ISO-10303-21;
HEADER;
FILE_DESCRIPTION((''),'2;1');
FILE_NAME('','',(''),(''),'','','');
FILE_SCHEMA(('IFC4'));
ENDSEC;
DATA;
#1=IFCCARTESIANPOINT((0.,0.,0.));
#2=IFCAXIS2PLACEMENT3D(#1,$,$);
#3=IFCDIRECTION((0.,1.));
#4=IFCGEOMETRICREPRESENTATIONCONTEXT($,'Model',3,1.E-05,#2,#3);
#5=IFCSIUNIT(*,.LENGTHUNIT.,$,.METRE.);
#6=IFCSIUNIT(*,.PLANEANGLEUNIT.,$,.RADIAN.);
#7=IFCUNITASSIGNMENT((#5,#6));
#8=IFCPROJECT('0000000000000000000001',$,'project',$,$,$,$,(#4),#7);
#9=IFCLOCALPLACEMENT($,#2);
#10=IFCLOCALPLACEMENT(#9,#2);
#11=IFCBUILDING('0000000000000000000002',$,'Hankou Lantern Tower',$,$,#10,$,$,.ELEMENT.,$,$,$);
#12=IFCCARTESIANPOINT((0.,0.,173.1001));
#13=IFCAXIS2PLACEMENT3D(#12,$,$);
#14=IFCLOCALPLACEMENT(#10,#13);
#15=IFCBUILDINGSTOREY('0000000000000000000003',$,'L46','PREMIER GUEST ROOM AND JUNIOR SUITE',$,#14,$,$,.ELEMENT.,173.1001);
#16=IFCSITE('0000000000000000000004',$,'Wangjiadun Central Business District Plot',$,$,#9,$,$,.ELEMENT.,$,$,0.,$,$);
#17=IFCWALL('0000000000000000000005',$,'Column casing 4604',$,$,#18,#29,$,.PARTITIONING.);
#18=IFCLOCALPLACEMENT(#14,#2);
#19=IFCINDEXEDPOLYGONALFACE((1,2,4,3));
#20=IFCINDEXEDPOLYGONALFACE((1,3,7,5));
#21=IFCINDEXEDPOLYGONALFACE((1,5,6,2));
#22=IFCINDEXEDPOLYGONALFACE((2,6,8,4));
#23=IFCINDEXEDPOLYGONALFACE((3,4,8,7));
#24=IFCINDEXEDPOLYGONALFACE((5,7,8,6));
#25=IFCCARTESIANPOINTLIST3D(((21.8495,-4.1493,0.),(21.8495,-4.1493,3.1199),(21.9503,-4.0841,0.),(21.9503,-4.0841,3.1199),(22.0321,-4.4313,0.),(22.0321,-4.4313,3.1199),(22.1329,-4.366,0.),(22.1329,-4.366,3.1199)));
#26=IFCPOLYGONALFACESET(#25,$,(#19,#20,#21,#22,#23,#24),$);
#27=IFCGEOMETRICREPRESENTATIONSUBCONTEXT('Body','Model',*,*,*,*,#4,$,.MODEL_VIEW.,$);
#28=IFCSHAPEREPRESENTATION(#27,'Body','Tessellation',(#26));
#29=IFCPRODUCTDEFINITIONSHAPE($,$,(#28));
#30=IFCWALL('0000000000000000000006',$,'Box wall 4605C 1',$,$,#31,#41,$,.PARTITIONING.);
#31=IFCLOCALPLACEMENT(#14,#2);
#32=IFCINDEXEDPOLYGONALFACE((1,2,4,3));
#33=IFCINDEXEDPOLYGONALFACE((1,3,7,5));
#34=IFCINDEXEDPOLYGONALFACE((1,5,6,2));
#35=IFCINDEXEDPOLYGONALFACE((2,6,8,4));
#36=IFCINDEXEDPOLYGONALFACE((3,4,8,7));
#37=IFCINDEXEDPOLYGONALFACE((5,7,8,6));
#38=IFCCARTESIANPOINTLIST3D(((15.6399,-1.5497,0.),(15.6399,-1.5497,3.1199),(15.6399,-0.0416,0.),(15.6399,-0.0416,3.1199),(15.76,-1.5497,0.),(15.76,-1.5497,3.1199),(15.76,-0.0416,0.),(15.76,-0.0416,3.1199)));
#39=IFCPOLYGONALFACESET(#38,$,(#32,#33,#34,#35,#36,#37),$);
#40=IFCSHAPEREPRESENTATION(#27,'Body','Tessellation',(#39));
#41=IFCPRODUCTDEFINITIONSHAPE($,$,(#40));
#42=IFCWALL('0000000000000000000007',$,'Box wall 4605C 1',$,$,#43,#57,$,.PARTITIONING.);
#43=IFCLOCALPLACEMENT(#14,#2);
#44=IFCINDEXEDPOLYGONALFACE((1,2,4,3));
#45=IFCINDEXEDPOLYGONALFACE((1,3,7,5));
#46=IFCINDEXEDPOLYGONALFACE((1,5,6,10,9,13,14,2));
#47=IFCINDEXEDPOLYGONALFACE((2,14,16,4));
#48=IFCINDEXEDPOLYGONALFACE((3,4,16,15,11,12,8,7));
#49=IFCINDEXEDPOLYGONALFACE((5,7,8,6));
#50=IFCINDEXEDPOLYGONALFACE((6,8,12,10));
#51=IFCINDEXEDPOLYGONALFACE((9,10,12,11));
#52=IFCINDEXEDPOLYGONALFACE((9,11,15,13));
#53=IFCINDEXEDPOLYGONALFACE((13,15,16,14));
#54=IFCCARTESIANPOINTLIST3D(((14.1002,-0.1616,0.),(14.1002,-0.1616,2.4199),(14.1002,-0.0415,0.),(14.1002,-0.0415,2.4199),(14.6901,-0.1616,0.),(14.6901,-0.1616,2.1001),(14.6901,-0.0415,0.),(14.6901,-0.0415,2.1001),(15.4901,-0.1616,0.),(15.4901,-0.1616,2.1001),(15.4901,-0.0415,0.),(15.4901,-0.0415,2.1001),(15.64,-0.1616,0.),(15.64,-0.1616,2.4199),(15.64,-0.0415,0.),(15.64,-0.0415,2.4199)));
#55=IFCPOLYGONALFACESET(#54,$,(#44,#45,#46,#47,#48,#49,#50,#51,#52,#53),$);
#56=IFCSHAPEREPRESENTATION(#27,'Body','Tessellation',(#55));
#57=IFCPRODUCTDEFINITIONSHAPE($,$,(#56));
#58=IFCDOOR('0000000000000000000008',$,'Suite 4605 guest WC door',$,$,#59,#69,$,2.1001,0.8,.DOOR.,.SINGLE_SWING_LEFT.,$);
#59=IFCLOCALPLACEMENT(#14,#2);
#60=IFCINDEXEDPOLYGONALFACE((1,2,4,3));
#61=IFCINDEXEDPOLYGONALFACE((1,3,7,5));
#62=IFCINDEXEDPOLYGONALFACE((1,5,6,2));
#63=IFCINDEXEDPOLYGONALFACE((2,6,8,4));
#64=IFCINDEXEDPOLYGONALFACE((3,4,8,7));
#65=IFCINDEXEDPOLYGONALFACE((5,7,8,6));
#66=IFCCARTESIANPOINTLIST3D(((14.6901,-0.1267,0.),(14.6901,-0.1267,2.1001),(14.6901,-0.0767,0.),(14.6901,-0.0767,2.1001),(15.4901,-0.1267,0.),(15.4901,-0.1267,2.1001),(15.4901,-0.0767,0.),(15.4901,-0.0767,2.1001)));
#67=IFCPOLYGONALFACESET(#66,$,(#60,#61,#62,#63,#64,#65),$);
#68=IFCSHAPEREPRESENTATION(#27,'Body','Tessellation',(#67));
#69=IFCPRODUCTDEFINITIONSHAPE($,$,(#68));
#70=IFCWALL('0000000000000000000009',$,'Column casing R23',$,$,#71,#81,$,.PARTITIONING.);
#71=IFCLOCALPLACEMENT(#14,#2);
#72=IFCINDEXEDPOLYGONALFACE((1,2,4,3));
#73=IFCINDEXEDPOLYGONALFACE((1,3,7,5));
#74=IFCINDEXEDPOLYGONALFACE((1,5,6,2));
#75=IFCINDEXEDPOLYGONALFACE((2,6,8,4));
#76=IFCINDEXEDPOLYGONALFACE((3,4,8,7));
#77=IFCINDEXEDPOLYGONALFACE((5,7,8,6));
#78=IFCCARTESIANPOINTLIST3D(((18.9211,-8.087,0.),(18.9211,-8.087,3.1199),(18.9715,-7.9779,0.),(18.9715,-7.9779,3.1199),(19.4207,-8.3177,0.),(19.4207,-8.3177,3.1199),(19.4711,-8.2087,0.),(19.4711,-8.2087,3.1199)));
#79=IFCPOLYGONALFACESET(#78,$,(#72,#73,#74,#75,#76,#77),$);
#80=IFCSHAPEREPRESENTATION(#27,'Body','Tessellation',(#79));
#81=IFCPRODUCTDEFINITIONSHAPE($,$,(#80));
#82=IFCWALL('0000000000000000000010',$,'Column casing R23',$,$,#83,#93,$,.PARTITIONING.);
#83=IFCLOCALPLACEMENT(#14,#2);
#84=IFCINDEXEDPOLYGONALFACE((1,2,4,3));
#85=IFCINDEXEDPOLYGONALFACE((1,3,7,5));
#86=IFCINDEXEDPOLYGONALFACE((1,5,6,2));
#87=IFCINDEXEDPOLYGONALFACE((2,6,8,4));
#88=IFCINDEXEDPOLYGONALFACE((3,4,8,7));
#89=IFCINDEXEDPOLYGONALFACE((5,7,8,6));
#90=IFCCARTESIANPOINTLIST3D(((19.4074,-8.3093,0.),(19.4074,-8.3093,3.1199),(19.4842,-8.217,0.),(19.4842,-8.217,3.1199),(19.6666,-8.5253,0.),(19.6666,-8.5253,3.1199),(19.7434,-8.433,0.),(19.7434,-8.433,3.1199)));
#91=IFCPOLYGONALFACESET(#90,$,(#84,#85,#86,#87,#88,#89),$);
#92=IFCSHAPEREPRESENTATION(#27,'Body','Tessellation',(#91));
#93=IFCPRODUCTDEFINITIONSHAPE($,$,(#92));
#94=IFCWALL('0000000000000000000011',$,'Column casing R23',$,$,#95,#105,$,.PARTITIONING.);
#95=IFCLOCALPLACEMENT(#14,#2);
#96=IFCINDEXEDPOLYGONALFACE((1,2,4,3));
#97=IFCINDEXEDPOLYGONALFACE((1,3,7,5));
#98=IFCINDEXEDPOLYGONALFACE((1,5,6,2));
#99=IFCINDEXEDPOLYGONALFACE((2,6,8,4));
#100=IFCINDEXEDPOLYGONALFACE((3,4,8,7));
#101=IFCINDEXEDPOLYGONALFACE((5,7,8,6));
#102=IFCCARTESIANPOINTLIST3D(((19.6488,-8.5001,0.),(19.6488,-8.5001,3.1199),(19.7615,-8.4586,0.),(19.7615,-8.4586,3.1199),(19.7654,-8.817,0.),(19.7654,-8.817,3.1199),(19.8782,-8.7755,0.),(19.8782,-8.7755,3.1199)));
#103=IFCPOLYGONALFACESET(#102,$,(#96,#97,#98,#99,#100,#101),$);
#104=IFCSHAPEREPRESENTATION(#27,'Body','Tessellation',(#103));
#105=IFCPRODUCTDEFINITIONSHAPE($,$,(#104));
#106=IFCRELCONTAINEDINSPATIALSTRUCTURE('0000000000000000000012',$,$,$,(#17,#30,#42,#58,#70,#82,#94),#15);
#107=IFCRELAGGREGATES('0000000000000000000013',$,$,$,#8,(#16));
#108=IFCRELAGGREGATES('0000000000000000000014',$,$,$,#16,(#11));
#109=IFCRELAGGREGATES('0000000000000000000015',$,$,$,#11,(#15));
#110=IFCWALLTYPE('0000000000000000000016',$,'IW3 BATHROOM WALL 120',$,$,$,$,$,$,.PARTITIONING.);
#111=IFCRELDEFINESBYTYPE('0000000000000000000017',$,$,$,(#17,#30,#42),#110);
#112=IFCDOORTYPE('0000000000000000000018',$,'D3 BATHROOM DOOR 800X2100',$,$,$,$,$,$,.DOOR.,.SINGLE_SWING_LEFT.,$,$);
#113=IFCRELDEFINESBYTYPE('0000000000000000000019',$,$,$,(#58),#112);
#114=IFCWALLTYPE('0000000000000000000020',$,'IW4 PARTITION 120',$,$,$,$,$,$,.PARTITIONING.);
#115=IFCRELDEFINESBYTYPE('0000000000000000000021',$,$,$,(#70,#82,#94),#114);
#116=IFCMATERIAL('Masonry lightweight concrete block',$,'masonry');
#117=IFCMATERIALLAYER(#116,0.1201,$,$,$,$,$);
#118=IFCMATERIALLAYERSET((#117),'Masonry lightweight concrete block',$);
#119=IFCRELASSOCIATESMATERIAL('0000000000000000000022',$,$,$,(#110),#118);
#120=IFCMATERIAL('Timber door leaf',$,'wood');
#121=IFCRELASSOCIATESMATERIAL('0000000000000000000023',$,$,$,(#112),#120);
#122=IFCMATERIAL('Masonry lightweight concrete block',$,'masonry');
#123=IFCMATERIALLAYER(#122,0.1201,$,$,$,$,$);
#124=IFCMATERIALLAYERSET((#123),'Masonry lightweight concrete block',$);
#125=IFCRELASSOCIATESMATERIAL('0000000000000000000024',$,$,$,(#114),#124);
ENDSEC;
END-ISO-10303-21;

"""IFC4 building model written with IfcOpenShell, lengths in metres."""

from ifc_helpers import new_model, si_unit, direction, frame, frame_2d, origin, place, context, subcontext, project, spatial, rectangle, extrude, material, layer, layer_set, type_object, element, fill, save


model = new_model("IFC4")

# Units and contexts
model_context = context("Model", 3, precision=1e-05, world=origin(), true_north=direction((0.0, 1.0)))
body_context = subcontext(model_context, "Body", "Model", "MODEL_VIEW")
ifc_project = project(units=[si_unit("LENGTHUNIT", "METRE"), si_unit("PLANEANGLEUNIT", "RADIAN")], contexts=[model_context])

# Site, building, storey
site_placement = place(None, origin())
site = spatial("IfcSite", under=ifc_project, at=site_placement, Name="Wangjiadun Central Business District Plot", CompositionType="ELEMENT", RefElevation=0.0)
building_placement = place(site_placement, origin())
building = spatial("IfcBuilding", under=site, at=building_placement, Name="Hankou Lantern Tower", CompositionType="ELEMENT")
storey_placement = place(building_placement, frame((0.0, 0.0, 173.1001)))
storey = spatial("IfcBuildingStorey", under=building, at=storey_placement, Name="L46", Description="PREMIER GUEST ROOM AND JUNIOR SUITE", CompositionType="ELEMENT", Elevation=173.1001)

# Shared definitions
ifc_material_1 = material(Name="Masonry lightweight concrete block", Category="masonry")
ifc_layer_1 = layer(ifc_material_1, 0.1201)
ifc_layer_set_1 = layer_set([ifc_layer_1], Name="Masonry lightweight concrete block")
wall_type_1 = type_object("IfcWallType", Name="IW3 BATHROOM WALL 120", PredefinedType="PARTITIONING", material=ifc_layer_set_1)

# Shared definitions
ifc_material_2 = material(Name="Timber door leaf", Category="wood")
door_type = type_object("IfcDoorType", Name="D3 BATHROOM DOOR 800X2100", OperationType="SINGLE_SWING_LEFT", PredefinedType="DOOR", material=ifc_material_2)

# Walls
wall_1_placement = place(storey_placement, frame((21.8999, -4.1167, 0.0), z_axis=(0.0, 0.0, 1.0), x_axis=(0.543583, -0.839356, 0.0)))
element("IfcWall", 1, at=wall_1_placement, inside=storey, type_object=wall_type_1, Name="Column casing 4604", PredefinedType="PARTITIONING", context=body_context, shape_type="SweptSolid", body=[
    extrude(rectangle(XDim=0.3359, YDim=0.1201, at=frame_2d((0.168, 0.0))), origin(), (0.0, 0.0, 1.0), 3.1199),
])
wall_2_placement = place(storey_placement, frame((15.7, -1.5496, 0.0), z_axis=(0.0, 0.0, 1.0), x_axis=(0.0, 1.0, 0.0)))
element("IfcWall", 2, at=wall_2_placement, inside=storey, type_object=wall_type_1, Name="Box wall 4605C 1", PredefinedType="PARTITIONING", context=body_context, shape_type="SweptSolid", body=[
    extrude(rectangle(XDim=1.5081, YDim=0.1201, at=frame_2d((0.7539, 0.0))), origin(), (0.0, 0.0, 1.0), 3.1199),
])

# Wall, opening, door
wall_3_placement = place(storey_placement, frame((14.1001, -0.1016, 0.0), z_axis=(0.0, 0.0, 1.0), x_axis=(1.0, 0.0, 0.0)))
wall_3 = element("IfcWall", 3, at=wall_3_placement, inside=storey, type_object=wall_type_1, Name="Box wall 4605C 1", PredefinedType="PARTITIONING", context=body_context, shape_type="SweptSolid", body=[
    extrude(rectangle(XDim=1.5398, YDim=0.1201, at=frame_2d((0.77, 0.0))), origin(), (0.0, 0.0, 1.0), 2.4199),
])
opening_1_placement = place(wall_3_placement, frame((0.5901, 0.0, 0.0)))
opening_1 = element("IfcOpeningElement", 4, at=opening_1_placement, cuts=wall_3, PredefinedType="OPENING", context=body_context, shape_type="SweptSolid", body=[
    extrude(rectangle(XDim=0.8, YDim=2.1001, at=frame_2d((0.3999, 1.05))), frame((0.0, 0.0701, 0.0), z_axis=(0.0, -1.0, 0.0), x_axis=(1.0, 0.0, 0.0)), (0.0, 0.0, 1.0), 0.1401),
])
door_1_placement = place(opening_1_placement, origin())
door_1 = element("IfcDoor", 5, at=door_1_placement, inside=storey, type_object=door_type, Name="Suite 4605 guest WC door", OperationType="SINGLE_SWING_LEFT", OverallHeight=2.1001, OverallWidth=0.8, PredefinedType="DOOR", context=body_context, shape_type="SweptSolid", body=[
    extrude(rectangle(XDim=0.8, YDim=2.1001, at=frame_2d((0.3999, 1.05))), frame((0.0, 0.0249, 0.0), z_axis=(0.0, -1.0, 0.0), x_axis=(1.0, 0.0, 0.0)), (0.0, 0.0, 1.0), 0.05),
])
fill(opening_1, door_1)

# Walls
ifc_material_3 = material(Name="Masonry lightweight concrete block", Category="masonry")
ifc_layer_2 = layer(ifc_material_3, 0.1201)
ifc_layer_set_2 = layer_set([ifc_layer_2], Name="Masonry lightweight concrete block")
wall_type_2 = type_object("IfcWallType", Name="IW4 PARTITION 120", PredefinedType="PARTITIONING", material=ifc_layer_set_2)
wall_4_placement = place(storey_placement, frame((18.9463, -8.0325, 0.0), z_axis=(0.0, 0.0, 1.0), x_axis=(0.907842, -0.419311, 0.0)))
element("IfcWall", 6, at=wall_4_placement, inside=storey, type_object=wall_type_2, Name="Column casing R23", PredefinedType="PARTITIONING", context=body_context, shape_type="SweptSolid", body=[
    extrude(rectangle(XDim=0.5503, YDim=0.1201, at=frame_2d((0.2751, 0.0))), origin(), (0.0, 0.0, 1.0), 3.1199),
])
wall_5_placement = place(storey_placement, frame((19.4458, -8.2632, 0.0), z_axis=(0.0, 0.0, 1.0), x_axis=(0.768221, -0.640184, 0.0)))
element("IfcWall", 7, at=wall_5_placement, inside=storey, type_object=wall_type_2, Name="Column casing R23", PredefinedType="PARTITIONING", context=body_context, shape_type="SweptSolid", body=[
    extrude(rectangle(XDim=0.3374, YDim=0.1201, at=frame_2d((0.1687, 0.0))), origin(), (0.0, 0.0, 1.0), 3.1199),
])
wall_6_placement = place(storey_placement, frame((19.7051, -8.4792, 0.0), z_axis=(0.0, 0.0, 1.0), x_axis=(0.345571, -0.938392, 0.0)))
element("IfcWall", 8, at=wall_6_placement, inside=storey, type_object=wall_type_2, Name="Column casing R23", PredefinedType="PARTITIONING", context=body_context, shape_type="SweptSolid", body=[
    extrude(rectangle(XDim=0.3376, YDim=0.1201, at=frame_2d((0.1689, 0.0))), origin(), (0.0, 0.0, 1.0), 3.1199),
])

save(model, "model.ifc")
